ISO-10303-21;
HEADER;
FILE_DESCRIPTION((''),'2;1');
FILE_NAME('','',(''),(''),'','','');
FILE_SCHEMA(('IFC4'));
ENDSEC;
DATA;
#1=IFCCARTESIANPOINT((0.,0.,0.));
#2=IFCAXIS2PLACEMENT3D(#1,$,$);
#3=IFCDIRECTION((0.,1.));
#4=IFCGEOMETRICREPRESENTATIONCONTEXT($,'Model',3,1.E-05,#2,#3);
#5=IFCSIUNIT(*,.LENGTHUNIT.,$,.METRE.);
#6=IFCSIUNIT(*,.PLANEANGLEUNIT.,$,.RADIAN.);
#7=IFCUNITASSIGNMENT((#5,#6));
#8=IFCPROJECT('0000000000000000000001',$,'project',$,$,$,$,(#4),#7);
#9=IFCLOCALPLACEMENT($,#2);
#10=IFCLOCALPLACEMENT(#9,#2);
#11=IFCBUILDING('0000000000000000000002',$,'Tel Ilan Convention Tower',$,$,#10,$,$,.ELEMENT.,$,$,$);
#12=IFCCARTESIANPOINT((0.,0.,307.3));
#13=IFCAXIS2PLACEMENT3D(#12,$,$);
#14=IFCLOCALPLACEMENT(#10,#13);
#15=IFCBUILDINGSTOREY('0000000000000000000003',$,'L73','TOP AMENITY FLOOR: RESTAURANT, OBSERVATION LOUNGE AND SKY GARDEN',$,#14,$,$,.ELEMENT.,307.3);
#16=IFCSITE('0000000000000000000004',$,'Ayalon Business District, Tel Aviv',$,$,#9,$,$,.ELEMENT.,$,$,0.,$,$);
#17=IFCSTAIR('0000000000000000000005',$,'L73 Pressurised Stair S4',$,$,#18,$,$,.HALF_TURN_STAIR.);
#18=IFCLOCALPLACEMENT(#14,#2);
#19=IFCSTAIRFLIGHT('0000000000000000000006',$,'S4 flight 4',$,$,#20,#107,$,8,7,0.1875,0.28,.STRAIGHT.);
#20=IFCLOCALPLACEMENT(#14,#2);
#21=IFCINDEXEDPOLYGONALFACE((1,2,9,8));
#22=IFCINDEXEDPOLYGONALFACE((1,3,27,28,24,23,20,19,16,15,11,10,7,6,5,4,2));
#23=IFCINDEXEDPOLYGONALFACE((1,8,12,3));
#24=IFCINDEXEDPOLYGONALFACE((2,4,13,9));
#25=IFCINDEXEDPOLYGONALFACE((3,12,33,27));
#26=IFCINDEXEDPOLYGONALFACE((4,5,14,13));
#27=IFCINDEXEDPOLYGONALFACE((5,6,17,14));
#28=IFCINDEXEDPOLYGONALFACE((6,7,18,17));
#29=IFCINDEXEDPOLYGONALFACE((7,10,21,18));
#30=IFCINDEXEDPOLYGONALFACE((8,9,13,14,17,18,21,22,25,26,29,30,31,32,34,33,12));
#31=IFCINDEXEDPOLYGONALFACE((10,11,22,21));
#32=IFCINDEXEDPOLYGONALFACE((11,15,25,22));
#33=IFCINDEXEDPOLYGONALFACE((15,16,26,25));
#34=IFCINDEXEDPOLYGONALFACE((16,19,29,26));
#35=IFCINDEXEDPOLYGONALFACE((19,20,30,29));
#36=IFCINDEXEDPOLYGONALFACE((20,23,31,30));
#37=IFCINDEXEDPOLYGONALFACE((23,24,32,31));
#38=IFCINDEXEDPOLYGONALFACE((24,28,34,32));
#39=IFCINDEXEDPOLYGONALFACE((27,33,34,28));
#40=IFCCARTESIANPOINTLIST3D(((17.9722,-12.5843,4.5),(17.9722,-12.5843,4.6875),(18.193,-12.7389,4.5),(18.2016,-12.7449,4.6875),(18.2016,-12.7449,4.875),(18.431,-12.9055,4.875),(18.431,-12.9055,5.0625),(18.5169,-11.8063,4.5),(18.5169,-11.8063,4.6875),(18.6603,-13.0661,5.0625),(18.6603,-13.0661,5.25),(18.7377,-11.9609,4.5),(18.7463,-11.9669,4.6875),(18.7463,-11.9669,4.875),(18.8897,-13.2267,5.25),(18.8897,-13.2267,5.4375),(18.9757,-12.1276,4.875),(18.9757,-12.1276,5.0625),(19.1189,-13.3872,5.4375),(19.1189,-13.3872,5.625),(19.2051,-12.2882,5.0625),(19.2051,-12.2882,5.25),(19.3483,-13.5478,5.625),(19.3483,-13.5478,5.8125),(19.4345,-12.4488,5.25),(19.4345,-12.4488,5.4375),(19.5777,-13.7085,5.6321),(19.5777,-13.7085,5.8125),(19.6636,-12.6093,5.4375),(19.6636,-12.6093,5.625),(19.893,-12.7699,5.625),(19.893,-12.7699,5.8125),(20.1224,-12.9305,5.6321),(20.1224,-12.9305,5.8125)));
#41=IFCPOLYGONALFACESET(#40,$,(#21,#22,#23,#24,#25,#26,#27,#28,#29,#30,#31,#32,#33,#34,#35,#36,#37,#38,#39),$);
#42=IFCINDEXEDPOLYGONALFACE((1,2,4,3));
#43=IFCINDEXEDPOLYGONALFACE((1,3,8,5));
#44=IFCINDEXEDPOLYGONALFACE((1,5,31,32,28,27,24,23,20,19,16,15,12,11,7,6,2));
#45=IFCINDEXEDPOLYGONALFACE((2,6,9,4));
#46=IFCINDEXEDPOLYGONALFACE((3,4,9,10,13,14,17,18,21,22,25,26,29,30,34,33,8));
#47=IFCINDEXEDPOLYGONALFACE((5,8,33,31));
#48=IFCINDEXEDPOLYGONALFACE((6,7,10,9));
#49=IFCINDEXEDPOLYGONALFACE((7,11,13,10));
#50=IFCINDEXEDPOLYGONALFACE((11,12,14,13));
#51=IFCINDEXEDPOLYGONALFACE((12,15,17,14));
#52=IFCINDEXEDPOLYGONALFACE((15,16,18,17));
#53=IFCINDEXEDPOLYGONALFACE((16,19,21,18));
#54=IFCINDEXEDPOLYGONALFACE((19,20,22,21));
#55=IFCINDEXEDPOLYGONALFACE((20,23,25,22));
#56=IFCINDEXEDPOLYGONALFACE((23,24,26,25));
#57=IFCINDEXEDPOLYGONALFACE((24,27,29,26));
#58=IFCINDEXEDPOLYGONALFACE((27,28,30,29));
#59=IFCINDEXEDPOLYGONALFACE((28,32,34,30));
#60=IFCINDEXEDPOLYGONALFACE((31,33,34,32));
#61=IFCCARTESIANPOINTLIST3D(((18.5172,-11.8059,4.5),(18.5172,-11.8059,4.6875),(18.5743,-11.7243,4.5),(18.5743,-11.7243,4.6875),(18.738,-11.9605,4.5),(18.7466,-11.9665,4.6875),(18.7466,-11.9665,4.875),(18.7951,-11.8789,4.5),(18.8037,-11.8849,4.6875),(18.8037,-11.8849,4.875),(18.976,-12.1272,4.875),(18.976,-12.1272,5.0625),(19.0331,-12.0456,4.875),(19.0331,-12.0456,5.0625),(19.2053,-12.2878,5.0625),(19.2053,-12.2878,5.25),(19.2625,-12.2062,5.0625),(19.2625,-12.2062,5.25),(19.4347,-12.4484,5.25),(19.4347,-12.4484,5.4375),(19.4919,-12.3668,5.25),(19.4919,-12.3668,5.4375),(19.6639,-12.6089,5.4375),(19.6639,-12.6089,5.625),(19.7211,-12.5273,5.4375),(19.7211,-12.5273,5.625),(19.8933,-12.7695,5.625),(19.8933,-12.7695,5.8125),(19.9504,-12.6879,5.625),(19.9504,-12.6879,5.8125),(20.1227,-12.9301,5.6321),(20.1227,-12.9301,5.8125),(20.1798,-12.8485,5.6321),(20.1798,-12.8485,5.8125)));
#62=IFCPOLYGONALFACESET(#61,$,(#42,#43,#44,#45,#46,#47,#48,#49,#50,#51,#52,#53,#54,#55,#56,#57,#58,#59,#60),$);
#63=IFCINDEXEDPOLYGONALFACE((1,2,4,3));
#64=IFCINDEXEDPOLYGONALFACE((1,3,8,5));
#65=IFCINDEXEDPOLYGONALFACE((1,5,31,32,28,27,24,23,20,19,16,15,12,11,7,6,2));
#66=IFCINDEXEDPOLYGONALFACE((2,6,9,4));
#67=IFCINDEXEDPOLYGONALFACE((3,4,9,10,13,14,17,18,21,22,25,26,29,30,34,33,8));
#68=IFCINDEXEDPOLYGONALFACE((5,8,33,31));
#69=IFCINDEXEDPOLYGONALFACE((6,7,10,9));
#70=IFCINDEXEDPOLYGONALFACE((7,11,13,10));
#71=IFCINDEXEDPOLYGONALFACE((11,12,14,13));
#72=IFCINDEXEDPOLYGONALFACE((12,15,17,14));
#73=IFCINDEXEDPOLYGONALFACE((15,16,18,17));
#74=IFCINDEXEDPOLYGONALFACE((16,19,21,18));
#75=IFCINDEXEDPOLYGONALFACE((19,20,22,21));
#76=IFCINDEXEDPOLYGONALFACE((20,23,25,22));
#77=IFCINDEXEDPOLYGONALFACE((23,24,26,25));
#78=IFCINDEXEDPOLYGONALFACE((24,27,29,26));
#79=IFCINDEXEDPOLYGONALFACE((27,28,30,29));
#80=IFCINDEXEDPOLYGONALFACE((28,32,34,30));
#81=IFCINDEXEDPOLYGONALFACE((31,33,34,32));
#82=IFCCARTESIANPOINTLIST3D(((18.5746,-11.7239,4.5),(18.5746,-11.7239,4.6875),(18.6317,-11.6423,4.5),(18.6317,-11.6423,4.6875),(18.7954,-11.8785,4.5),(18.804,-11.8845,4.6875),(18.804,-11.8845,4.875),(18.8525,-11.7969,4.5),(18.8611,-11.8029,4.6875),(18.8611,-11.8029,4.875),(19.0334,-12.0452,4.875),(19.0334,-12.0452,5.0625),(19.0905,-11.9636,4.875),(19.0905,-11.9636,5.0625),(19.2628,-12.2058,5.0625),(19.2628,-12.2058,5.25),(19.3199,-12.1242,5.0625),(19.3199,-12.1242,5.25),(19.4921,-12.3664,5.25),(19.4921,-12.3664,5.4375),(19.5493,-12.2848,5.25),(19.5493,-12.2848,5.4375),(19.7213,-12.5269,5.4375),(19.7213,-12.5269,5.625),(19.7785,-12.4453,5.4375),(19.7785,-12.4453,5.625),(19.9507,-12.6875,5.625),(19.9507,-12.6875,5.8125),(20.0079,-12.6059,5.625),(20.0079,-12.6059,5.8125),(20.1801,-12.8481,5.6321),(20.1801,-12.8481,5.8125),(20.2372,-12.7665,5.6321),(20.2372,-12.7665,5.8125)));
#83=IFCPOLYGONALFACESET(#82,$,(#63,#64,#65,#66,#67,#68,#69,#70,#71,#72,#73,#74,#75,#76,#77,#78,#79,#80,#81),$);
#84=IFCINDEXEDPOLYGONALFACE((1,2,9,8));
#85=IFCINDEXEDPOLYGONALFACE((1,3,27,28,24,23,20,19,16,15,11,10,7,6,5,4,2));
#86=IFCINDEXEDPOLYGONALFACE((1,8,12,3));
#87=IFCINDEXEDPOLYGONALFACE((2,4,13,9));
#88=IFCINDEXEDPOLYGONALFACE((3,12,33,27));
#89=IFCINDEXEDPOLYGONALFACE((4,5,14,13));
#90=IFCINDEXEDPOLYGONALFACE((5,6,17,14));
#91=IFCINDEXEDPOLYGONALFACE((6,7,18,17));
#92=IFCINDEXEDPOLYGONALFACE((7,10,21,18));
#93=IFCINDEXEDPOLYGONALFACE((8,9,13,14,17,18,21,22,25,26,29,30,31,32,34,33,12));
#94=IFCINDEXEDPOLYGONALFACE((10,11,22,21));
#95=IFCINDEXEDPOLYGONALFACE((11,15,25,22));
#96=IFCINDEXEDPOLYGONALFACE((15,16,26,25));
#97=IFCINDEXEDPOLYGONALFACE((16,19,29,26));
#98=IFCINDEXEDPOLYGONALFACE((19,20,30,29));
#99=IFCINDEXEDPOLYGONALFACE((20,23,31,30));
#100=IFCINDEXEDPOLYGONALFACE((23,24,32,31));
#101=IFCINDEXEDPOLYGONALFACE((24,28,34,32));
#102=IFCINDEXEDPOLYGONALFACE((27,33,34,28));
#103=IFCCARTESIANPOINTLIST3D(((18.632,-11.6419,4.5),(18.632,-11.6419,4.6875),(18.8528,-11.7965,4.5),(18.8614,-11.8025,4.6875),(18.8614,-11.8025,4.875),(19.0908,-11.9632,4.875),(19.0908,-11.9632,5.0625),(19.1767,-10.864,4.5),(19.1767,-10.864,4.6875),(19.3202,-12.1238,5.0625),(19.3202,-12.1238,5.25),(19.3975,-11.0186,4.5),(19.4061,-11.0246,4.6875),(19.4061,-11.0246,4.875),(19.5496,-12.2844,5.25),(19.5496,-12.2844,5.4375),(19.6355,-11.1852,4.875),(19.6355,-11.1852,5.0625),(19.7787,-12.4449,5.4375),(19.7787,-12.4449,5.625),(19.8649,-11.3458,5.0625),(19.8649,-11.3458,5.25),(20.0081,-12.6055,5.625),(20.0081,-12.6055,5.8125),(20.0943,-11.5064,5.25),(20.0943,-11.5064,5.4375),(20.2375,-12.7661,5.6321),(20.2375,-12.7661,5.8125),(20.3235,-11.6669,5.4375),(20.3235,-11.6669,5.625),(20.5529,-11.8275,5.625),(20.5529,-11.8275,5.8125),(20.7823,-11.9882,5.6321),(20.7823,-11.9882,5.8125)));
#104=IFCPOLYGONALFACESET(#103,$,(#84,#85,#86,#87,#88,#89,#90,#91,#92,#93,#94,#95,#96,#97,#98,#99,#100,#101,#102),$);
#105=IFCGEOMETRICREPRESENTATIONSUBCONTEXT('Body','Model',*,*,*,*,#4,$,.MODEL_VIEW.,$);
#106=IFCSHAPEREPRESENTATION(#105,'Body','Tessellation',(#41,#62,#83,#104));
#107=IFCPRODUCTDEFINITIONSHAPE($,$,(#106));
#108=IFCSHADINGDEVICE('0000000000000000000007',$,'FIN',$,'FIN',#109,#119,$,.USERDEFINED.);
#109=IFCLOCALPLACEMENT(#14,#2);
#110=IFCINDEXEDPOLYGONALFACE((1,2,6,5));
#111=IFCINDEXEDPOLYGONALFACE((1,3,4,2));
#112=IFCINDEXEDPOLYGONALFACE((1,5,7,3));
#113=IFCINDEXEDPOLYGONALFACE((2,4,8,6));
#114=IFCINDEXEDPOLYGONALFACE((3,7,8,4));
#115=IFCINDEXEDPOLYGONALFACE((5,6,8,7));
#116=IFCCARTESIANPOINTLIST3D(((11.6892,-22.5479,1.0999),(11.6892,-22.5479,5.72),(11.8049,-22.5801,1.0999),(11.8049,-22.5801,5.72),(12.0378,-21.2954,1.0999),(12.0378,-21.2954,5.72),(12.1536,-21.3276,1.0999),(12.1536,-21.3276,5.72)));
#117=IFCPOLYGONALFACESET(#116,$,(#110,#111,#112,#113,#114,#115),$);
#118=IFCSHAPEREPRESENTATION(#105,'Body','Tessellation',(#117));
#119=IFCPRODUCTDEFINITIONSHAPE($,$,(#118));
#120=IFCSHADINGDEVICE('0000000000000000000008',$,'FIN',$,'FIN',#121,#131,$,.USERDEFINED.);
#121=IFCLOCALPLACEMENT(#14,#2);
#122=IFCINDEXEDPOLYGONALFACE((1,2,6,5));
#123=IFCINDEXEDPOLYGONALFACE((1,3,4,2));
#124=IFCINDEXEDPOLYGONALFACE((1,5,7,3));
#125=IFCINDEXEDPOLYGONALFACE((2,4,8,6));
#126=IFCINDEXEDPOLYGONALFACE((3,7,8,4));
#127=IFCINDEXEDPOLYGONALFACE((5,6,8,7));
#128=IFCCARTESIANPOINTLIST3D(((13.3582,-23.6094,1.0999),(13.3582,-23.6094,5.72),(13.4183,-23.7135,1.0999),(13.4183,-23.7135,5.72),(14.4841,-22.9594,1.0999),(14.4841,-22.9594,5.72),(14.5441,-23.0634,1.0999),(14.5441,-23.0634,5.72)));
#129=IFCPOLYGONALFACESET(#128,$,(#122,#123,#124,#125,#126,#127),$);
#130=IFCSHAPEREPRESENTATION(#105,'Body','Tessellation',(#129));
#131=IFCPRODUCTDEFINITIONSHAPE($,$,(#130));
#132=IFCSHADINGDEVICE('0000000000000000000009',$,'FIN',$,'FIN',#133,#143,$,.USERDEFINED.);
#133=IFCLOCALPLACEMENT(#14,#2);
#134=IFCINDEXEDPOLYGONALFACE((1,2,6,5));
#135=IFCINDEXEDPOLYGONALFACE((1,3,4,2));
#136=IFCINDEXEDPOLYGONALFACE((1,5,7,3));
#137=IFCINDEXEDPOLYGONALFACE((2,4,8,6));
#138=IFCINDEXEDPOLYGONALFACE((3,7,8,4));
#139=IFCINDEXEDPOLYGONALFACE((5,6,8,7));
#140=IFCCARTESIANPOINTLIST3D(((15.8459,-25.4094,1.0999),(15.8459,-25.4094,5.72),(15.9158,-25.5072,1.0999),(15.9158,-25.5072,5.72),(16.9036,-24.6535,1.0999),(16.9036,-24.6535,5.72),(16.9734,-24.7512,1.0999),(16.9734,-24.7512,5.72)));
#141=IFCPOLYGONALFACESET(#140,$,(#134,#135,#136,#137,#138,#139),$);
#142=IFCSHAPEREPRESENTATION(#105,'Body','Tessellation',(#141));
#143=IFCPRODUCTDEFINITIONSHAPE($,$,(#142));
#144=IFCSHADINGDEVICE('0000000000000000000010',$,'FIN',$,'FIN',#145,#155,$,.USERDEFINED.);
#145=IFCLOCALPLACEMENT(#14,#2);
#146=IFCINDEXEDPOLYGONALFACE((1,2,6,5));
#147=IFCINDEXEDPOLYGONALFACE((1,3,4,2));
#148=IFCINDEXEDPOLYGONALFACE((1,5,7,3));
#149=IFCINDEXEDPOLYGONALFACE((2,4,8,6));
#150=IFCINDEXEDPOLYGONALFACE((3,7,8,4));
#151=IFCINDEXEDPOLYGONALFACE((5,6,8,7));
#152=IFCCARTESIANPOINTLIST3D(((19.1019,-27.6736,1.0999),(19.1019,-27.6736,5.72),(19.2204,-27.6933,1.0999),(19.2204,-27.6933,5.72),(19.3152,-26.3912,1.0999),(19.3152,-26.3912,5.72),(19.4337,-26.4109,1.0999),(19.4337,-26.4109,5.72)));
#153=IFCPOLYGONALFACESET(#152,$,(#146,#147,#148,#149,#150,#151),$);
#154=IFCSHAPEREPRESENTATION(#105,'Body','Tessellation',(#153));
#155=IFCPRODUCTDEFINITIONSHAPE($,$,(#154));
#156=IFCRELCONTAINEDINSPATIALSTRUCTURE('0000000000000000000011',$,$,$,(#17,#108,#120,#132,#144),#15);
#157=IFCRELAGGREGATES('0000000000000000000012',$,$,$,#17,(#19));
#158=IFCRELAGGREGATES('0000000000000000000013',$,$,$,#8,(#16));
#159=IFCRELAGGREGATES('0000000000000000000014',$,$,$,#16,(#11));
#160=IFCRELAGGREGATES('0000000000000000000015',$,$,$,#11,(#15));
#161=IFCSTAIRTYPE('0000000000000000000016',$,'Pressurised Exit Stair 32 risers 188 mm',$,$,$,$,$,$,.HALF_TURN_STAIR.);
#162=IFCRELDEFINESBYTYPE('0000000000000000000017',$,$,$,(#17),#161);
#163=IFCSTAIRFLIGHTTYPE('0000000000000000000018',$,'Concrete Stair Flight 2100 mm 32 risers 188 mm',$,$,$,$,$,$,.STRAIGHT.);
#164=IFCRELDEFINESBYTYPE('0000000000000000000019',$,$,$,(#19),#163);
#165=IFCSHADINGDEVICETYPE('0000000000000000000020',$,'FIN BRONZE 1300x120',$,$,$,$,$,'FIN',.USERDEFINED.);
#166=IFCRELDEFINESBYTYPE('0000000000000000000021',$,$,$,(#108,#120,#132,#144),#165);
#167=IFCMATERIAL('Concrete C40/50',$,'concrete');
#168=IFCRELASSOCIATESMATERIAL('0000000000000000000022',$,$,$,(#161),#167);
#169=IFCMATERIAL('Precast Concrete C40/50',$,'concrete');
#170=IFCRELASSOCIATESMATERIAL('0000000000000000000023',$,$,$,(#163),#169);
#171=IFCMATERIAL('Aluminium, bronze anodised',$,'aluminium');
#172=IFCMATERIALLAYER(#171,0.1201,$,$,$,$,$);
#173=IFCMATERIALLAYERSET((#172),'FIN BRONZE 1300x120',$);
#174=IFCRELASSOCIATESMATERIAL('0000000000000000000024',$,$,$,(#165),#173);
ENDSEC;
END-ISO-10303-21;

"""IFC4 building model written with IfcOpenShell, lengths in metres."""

from ifc_helpers import new_model, si_unit, direction, frame, origin, origin_2d, place, context, subcontext, project, spatial, polyline, rectangle, outline, extrude, material, layer, layer_set, type_object, element, aggregate, save


model = new_model("IFC4")

# Units and contexts
model_context = context("Model", 3, precision=1e-05, world=origin(), true_north=direction((0.0, 1.0)))
body_context = subcontext(model_context, "Body", "Model", "MODEL_VIEW")
ifc_project = project(units=[si_unit("LENGTHUNIT", "METRE"), si_unit("PLANEANGLEUNIT", "RADIAN")], contexts=[model_context])

# Site, building, storey
site_placement = place(None, origin())
site = spatial("IfcSite", under=ifc_project, at=site_placement, Name="Ayalon Business District, Tel Aviv", CompositionType="ELEMENT", RefElevation=0.0)
building_placement = place(site_placement, origin())
building = spatial("IfcBuilding", under=site, at=building_placement, Name="Tel Ilan Convention Tower", CompositionType="ELEMENT")
storey_placement = place(building_placement, frame((0.0, 0.0, 307.3)))
storey = spatial("IfcBuildingStorey", under=building, at=storey_placement, Name="L73", Description="TOP AMENITY FLOOR: RESTAURANT, OBSERVATION LOUNGE AND SKY GARDEN", CompositionType="ELEMENT", Elevation=307.3)

# Stair, stair flight
ifc_material_1 = material(Name="Concrete C40/50", Category="concrete")
stair_type = type_object("IfcStairType", Name="Pressurised Exit Stair 32 risers 188 mm", PredefinedType="HALF_TURN_STAIR", material=ifc_material_1)
stair_placement = place(storey_placement, origin())
stair = element("IfcStair", 1, at=stair_placement, inside=storey, type_object=stair_type, Name="L73 Pressurised Stair S4", PredefinedType="HALF_TURN_STAIR")
ifc_material_2 = material(Name="Precast Concrete C40/50", Category="concrete")
stair_flight_type = type_object("IfcStairFlightType", Name="Concrete Stair Flight 2100 mm 32 risers 188 mm", PredefinedType="STRAIGHT", material=ifc_material_2)
stair_flight_1_placement = place(storey_placement, frame((18.5745, -11.7241, 4.5), z_axis=(0.0, 0.0, 1.0), x_axis=(0.819152, -0.573576, 0.0)))
stair_flight_1 = element("IfcStairFlight", 2, at=stair_flight_1_placement, type_object=stair_flight_type, Name="S4 flight 4", NumberOfRisers=8, NumberOfTreads=7, PredefinedType="STRAIGHT", RiserHeight=0.1875, TreadLength=0.28, context=body_context, shape_type="SweptSolid", body=[
    extrude(outline(polyline([(0.0, 0.0), (0.0, 0.1875), (0.28, 0.1875), (0.28, 0.375), (0.5601, 0.375), (0.5601, 0.5625), (0.8401, 0.5625), (0.8401, 0.75), (1.1201, 0.75), (1.1201, 0.9375), (1.3999, 0.9375), (1.3999, 1.125), (1.6799, 1.125), (1.6799, 1.3125), (1.96, 1.3125), (1.96, 1.5), (1.96, 1.1321), (0.2695, 0.0), (0.0, 0.0)])), frame((0.0, -0.1003, 0.0), z_axis=(0.0, -1.0, 0.0), x_axis=(1.0, 0.0, 0.0)), (0.0, 0.0, 1.0), 0.9497),
    extrude(outline(polyline([(0.0, 0.0), (0.0, 0.1875), (0.28, 0.1875), (0.28, 0.375), (0.5601, 0.375), (0.5601, 0.5625), (0.8401, 0.5625), (0.8401, 0.75), (1.1201, 0.75), (1.1201, 0.9375), (1.3999, 0.9375), (1.3999, 1.125), (1.6799, 1.125), (1.6799, 1.3125), (1.96, 1.3125), (1.96, 1.5), (1.96, 1.1321), (0.2695, 0.0), (0.0, 0.0)])), frame((0.0, -0.0002, 0.0), z_axis=(0.0, -1.0, 0.0), x_axis=(1.0, 0.0, 0.0)), (0.0, 0.0, 1.0), 0.0996),
    extrude(outline(polyline([(0.0, 0.0), (0.0, 0.1875), (0.28, 0.1875), (0.28, 0.375), (0.5601, 0.375), (0.5601, 0.5625), (0.8401, 0.5625), (0.8401, 0.75), (1.1201, 0.75), (1.1201, 0.9375), (1.3999, 0.9375), (1.3999, 1.125), (1.6799, 1.125), (1.6799, 1.3125), (1.96, 1.3125), (1.96, 1.5), (1.96, 1.1321), (0.2695, 0.0), (0.0, 0.0)])), frame((0.0, 0.0999, 0.0), z_axis=(0.0, -1.0, 0.0), x_axis=(1.0, 0.0, 0.0)), (0.0, 0.0, 1.0), 0.0996),
    extrude(outline(polyline([(0.0, 0.0), (0.0, 0.1875), (0.28, 0.1875), (0.28, 0.375), (0.5601, 0.375), (0.5601, 0.5625), (0.8401, 0.5625), (0.8401, 0.75), (1.1201, 0.75), (1.1201, 0.9375), (1.3999, 0.9375), (1.3999, 1.125), (1.6799, 1.125), (1.6799, 1.3125), (1.96, 1.3125), (1.96, 1.5), (1.96, 1.1321), (0.2695, 0.0), (0.0, 0.0)])), frame((0.0, 1.05, 0.0), z_axis=(0.0, -1.0, 0.0), x_axis=(1.0, 0.0, 0.0)), (0.0, 0.0, 1.0), 0.9497),
])
aggregate(stair, [stair_flight_1])

# Shading devices
ifc_material_3 = material(Name="Aluminium, bronze anodised", Category="aluminium")
ifc_layer_1 = layer(ifc_material_3, 0.1201)
ifc_layer_set_1 = layer_set([ifc_layer_1], Name="FIN BRONZE 1300x120")
shading_device_type = type_object("IfcShadingDeviceType", Name="FIN BRONZE 1300x120", ElementType="FIN", PredefinedType="USERDEFINED", material=ifc_layer_set_1)
for number, where, z_axis, x_axis, name in (
    (3, (11.9214, -21.9377, 1.0999), (0.0, 0.0, 1.0), (-0.268173, -0.963371, 0.0), "FIN"),
    (4, (13.9512, -23.3364, 1.0999), (0.0, 0.0, 1.0), (-0.866025, -0.5, 0.0), "FIN"),
    (5, (16.4097, -25.0803, 1.0999), (0.0, 0.0, 1.0), (-0.813552, -0.581492, 0.0), "FIN"),
    (6, (19.2678, -27.0422, 1.0999), (0.0, 0.0, 1.0), (-0.164091, -0.986445, 0.0), "FIN"),
):
    element("IfcShadingDevice", number, at=place(storey_placement, frame(where, z_axis=z_axis, x_axis=x_axis)), inside=storey, type_object=shading_device_type, Name=name, ObjectType="FIN", PredefinedType="USERDEFINED", context=body_context, shape_type="SweptSolid", body=[
        extrude(rectangle(XDim=1.3, YDim=0.1201, at=origin_2d()), origin(), (0.0, 0.0, 1.0), 4.6201),
    ])

save(model, "model.ifc")
